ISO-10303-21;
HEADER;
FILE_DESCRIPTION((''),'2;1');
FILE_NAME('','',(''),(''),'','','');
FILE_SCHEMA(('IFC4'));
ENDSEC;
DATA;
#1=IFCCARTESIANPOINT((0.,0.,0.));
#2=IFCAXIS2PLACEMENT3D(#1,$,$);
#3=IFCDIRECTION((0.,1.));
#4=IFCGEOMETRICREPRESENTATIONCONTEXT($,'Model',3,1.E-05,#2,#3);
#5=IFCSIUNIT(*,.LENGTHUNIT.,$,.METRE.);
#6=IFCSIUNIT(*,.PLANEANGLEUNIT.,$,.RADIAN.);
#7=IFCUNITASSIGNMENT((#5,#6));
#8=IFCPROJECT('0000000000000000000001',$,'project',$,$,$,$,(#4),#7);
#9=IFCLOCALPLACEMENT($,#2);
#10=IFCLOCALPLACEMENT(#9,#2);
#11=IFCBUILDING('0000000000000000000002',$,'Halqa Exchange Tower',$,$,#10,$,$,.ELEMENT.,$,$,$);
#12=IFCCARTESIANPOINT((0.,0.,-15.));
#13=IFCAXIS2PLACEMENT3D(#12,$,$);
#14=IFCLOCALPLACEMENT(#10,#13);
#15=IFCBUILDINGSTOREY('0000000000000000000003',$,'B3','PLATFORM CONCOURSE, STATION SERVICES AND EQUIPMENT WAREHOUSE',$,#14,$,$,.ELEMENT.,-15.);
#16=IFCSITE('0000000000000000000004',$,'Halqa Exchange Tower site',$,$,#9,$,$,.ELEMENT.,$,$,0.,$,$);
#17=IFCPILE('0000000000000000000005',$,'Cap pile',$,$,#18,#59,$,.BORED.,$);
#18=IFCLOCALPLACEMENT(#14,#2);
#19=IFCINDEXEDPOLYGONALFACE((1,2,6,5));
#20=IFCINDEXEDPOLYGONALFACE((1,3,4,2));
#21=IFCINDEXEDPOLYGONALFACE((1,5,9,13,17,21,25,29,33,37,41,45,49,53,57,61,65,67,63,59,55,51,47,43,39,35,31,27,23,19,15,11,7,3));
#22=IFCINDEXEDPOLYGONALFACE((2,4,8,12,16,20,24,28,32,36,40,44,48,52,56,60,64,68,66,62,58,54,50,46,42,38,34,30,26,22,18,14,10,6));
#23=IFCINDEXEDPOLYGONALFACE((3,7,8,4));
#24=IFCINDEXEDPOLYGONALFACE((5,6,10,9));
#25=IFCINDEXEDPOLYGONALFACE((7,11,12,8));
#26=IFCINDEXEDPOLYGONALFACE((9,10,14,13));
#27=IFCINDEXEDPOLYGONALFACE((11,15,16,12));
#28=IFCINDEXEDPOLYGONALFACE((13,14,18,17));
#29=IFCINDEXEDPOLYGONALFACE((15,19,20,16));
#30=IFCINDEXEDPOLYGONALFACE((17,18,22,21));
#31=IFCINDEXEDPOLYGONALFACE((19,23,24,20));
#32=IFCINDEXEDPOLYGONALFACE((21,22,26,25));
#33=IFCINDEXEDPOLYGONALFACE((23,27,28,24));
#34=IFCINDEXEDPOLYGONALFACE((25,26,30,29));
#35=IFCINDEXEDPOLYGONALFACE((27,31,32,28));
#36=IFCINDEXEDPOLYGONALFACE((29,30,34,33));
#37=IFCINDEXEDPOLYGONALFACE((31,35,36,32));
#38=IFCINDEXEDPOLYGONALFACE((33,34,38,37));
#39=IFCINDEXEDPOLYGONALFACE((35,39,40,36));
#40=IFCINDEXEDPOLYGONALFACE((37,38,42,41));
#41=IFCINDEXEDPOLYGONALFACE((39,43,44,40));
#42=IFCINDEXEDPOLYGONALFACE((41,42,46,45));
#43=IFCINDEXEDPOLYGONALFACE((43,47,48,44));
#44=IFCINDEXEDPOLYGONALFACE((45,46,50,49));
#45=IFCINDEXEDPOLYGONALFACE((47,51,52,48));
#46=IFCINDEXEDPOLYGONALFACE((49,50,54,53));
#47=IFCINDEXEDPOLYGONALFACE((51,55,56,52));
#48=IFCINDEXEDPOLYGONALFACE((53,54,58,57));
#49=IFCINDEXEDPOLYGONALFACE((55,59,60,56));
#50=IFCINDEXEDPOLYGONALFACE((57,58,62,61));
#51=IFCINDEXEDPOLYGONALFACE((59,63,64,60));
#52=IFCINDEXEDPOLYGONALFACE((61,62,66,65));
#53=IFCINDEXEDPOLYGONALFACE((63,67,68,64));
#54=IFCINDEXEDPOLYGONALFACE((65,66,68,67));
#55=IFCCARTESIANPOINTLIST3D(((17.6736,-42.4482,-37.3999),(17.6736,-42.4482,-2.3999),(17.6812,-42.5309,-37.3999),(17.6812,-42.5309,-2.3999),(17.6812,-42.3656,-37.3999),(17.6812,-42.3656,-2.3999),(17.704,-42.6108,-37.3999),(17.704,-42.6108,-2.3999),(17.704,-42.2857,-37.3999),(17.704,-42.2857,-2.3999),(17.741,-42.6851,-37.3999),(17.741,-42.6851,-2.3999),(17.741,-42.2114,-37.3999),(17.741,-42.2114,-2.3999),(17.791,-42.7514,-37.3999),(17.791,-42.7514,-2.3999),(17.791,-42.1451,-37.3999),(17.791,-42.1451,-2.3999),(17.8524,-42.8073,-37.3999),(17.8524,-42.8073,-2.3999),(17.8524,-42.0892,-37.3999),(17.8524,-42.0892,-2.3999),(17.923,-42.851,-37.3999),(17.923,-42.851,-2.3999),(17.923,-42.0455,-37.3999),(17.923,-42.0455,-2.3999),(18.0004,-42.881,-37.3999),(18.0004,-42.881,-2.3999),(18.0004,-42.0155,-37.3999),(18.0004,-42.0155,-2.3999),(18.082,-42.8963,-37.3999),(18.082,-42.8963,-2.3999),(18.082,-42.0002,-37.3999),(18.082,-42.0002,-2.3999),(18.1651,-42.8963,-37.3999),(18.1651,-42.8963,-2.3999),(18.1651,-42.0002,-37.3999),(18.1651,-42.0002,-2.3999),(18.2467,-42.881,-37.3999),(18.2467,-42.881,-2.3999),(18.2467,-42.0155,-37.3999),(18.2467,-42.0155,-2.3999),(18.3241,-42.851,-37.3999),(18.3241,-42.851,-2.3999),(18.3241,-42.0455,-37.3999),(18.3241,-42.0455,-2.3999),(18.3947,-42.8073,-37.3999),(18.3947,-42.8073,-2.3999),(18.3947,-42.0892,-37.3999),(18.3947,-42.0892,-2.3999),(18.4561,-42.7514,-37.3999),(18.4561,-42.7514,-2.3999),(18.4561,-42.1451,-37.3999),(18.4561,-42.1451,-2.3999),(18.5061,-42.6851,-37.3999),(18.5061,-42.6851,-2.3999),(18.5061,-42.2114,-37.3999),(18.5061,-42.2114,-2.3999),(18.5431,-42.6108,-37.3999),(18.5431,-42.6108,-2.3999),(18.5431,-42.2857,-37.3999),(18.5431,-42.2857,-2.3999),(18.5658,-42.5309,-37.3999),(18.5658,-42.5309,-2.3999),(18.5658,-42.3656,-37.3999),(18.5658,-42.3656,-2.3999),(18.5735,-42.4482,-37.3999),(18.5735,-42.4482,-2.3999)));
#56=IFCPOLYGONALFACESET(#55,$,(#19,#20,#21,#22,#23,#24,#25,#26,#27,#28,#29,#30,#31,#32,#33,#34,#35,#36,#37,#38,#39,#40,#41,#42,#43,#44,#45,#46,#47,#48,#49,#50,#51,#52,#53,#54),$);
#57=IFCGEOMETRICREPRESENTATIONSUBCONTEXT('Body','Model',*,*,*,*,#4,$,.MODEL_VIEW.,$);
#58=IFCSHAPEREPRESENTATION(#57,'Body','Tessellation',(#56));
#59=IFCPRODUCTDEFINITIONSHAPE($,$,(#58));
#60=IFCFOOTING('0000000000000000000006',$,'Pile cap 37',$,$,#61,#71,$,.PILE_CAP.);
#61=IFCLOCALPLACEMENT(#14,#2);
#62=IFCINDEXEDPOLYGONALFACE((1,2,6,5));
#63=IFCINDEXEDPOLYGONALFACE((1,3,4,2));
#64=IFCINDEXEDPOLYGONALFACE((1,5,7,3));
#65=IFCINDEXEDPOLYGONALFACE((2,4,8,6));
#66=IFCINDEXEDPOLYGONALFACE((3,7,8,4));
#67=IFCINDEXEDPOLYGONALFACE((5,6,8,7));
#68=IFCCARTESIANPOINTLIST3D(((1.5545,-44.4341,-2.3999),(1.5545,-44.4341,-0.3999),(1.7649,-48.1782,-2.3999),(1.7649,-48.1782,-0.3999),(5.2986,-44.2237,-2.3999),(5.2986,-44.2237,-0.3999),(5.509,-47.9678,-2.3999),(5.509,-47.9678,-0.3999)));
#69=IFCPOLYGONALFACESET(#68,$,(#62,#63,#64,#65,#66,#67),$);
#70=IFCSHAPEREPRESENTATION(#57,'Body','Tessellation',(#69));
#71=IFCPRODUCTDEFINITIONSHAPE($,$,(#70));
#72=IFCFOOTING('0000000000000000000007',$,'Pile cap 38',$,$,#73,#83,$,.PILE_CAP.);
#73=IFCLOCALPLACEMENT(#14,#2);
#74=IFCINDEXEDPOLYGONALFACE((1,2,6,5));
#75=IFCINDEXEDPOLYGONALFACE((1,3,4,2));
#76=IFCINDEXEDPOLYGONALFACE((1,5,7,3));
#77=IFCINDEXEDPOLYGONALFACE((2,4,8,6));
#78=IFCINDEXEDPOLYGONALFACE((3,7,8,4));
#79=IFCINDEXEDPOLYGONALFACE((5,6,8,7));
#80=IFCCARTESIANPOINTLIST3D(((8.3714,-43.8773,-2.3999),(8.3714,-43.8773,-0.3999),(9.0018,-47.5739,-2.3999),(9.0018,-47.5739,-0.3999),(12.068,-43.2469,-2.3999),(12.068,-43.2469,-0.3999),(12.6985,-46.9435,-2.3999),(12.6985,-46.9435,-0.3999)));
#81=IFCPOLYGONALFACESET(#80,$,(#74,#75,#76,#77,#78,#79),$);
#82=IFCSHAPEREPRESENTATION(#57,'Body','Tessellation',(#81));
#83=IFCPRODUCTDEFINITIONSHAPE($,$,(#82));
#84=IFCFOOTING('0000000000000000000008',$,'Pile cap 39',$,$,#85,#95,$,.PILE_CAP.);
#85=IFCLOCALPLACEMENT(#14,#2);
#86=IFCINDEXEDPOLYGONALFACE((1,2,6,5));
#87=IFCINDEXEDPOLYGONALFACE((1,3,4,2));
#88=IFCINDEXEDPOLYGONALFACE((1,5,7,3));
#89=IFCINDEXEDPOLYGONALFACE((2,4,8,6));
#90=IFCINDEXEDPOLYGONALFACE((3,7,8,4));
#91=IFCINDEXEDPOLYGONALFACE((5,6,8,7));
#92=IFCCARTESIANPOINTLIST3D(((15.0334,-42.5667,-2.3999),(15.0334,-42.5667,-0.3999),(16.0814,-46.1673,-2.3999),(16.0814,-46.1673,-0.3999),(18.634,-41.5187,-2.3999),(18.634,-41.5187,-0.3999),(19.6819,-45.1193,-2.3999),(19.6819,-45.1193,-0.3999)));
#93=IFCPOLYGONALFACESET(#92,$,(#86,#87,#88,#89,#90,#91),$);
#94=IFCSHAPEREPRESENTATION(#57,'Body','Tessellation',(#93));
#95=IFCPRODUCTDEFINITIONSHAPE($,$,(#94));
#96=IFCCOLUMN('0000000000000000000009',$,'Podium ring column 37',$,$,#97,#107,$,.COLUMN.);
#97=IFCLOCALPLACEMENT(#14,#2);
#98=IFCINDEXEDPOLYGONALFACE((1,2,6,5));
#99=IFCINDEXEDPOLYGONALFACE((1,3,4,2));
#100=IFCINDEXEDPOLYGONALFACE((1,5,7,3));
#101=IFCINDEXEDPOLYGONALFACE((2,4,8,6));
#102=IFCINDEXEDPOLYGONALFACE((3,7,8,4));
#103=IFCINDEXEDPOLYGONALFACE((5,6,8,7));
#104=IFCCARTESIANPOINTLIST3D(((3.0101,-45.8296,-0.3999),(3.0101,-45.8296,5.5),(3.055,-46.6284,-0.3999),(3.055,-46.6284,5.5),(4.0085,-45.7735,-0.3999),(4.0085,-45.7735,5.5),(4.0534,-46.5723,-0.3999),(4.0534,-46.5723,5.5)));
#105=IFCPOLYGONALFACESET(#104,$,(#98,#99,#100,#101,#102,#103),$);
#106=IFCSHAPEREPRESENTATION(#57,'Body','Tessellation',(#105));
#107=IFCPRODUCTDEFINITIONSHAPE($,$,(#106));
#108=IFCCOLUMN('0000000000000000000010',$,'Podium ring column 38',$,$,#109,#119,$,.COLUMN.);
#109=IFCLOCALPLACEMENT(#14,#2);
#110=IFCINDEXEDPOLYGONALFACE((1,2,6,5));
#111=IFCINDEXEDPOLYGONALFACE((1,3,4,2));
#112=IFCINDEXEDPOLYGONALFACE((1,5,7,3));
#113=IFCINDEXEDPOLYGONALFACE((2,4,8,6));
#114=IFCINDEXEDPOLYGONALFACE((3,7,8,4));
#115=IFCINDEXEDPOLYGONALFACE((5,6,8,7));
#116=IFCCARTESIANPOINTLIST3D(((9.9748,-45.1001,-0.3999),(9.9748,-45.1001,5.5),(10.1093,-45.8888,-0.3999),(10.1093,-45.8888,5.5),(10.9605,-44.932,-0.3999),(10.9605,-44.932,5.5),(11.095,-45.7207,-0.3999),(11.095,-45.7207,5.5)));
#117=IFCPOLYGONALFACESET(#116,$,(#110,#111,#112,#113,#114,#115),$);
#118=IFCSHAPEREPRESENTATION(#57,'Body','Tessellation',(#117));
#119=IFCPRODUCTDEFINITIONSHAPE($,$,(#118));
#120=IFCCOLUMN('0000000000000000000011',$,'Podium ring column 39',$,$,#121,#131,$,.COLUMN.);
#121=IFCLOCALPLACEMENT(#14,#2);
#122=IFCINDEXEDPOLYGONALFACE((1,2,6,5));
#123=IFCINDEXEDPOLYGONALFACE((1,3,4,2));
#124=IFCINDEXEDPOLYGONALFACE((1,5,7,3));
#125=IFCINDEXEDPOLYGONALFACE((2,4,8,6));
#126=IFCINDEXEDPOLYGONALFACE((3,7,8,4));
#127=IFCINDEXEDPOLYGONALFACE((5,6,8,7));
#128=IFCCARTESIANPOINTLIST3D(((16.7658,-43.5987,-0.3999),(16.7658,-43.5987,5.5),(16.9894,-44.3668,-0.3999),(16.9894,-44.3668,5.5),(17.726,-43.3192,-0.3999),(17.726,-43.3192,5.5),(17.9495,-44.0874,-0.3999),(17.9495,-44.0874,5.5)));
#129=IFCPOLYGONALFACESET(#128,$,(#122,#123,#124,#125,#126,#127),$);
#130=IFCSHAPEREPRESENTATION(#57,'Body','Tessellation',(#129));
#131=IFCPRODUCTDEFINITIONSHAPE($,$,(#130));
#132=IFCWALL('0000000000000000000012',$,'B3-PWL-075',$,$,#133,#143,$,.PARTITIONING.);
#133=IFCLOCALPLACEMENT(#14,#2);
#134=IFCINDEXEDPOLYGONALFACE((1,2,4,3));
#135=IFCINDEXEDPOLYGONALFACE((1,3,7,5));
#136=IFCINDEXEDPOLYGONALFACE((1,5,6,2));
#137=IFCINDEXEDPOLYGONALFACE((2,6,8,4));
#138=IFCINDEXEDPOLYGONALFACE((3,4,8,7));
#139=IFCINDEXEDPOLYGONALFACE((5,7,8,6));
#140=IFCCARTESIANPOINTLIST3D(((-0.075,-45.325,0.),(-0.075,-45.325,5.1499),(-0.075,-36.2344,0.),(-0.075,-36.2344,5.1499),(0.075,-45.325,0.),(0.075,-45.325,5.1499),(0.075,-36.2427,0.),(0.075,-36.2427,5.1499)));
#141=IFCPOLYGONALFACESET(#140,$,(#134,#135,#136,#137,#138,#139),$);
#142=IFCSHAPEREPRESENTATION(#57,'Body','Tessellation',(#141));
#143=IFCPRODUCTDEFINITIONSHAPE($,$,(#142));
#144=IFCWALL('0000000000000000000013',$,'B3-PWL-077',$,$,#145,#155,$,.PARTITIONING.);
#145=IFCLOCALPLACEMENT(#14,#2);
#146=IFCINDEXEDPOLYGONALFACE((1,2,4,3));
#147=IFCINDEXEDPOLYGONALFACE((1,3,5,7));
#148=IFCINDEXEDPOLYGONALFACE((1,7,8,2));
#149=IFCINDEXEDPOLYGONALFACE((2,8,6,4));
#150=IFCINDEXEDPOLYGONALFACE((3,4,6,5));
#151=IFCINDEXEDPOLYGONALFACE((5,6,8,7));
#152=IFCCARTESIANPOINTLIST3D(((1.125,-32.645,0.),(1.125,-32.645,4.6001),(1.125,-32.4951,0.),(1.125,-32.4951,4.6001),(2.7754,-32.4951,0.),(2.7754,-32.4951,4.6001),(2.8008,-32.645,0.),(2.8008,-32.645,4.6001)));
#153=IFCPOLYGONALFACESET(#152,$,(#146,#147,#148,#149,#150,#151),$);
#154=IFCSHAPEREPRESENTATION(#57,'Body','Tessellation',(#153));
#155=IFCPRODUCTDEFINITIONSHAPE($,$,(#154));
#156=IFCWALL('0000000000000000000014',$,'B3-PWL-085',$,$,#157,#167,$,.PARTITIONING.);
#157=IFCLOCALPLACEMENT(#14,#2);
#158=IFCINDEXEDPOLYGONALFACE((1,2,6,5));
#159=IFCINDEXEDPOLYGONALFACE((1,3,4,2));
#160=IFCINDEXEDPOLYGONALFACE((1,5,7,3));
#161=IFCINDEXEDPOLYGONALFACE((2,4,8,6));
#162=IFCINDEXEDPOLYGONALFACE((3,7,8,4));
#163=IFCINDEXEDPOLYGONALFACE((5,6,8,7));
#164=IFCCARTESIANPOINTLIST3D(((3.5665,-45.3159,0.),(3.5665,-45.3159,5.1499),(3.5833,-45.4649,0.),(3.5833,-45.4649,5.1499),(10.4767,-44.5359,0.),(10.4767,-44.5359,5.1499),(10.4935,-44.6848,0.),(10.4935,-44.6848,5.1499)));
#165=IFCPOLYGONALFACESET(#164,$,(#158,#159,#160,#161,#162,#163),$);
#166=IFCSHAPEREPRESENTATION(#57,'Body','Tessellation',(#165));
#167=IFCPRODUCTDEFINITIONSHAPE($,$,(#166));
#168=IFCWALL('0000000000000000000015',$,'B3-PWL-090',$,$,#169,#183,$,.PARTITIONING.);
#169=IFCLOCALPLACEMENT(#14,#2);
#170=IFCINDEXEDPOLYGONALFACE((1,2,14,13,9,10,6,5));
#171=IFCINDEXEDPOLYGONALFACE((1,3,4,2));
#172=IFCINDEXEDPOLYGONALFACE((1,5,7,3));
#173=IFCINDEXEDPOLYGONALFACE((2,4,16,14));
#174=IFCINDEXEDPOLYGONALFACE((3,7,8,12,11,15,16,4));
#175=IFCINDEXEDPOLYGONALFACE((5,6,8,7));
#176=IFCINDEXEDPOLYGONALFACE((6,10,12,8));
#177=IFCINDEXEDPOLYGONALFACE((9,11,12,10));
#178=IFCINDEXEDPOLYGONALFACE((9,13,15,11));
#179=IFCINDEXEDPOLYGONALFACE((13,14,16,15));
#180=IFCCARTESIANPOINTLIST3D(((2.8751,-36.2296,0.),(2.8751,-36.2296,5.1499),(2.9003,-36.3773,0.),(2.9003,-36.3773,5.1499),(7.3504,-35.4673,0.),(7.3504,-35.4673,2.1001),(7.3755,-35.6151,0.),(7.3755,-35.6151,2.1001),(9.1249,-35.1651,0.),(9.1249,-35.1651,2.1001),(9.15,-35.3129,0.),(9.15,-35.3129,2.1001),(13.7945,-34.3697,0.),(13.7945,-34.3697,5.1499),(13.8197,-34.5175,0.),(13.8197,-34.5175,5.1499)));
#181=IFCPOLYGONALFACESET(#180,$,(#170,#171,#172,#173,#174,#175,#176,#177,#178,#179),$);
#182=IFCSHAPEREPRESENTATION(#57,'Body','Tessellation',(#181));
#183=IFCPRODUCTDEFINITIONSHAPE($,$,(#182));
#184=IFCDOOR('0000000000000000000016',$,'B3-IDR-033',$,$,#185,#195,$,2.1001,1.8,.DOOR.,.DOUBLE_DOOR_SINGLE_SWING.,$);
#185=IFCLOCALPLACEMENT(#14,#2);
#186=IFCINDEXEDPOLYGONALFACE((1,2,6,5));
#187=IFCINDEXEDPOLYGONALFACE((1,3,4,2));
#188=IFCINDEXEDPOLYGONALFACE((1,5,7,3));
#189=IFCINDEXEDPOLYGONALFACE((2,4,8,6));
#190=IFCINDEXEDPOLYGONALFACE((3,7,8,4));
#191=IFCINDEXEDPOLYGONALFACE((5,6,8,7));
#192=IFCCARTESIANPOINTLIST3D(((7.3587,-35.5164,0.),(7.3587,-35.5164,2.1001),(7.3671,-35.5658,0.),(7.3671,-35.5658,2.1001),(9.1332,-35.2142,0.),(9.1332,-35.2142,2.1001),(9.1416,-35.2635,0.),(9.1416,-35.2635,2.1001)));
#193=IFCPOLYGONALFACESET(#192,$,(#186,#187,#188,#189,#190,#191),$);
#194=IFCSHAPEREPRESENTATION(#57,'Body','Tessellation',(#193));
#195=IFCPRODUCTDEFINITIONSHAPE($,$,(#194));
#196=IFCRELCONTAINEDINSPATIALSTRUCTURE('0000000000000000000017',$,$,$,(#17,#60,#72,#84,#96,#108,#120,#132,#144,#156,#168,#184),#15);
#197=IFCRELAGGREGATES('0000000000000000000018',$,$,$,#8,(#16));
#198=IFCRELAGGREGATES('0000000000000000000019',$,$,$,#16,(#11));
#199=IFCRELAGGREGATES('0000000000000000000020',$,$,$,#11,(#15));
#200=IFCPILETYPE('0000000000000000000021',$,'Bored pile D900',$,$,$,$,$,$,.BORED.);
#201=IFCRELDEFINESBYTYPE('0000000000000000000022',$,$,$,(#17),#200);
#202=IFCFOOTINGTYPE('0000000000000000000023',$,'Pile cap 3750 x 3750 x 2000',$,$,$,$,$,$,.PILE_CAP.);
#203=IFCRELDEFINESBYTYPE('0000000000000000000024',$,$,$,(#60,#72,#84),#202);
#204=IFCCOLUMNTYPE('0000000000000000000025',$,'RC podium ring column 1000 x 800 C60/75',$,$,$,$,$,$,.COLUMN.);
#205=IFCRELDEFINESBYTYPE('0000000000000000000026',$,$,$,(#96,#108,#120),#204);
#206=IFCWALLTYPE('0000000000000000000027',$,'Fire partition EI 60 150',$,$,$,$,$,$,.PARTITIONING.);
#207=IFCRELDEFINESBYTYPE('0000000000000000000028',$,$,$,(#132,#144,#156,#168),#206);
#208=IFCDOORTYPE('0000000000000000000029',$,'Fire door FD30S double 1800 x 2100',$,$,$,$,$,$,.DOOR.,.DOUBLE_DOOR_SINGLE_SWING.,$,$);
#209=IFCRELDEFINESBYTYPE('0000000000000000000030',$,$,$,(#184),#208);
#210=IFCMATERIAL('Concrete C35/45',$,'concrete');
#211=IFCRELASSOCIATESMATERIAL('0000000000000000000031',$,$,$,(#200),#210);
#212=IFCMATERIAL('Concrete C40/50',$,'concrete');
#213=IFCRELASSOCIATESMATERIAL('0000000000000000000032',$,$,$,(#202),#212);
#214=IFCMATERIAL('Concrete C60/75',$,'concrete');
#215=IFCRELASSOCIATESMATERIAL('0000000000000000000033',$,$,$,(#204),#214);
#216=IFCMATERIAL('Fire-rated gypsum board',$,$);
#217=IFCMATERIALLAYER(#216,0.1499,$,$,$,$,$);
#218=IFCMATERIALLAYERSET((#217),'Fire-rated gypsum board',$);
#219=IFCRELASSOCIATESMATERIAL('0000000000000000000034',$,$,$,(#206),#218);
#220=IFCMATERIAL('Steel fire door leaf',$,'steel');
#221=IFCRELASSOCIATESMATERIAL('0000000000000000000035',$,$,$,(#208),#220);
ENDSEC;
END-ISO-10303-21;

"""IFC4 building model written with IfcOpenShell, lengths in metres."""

from ifc_helpers import new_model, si_unit, direction, frame, frame_2d, origin, origin_2d, place, context, subcontext, project, spatial, polyline, rectangle, circle, outline, extrude, material, layer, layer_set, material_profile, profile_set, type_object, element, fill, save


model = new_model("IFC4")

# Units and contexts
model_context = context("Model", 3, precision=1e-05, world=origin(), true_north=direction((0.0, 1.0)))
body_context = subcontext(model_context, "Body", "Model", "MODEL_VIEW")
ifc_project = project(units=[si_unit("LENGTHUNIT", "METRE"), si_unit("PLANEANGLEUNIT", "RADIAN")], contexts=[model_context])

# Site, building, storey
site_placement = place(None, origin())
site = spatial("IfcSite", under=ifc_project, at=site_placement, Name="Halqa Exchange Tower site", CompositionType="ELEMENT", RefElevation=0.0)
building_placement = place(site_placement, origin())
building = spatial("IfcBuilding", under=site, at=building_placement, Name="Halqa Exchange Tower", CompositionType="ELEMENT")
storey_placement = place(building_placement, frame((0.0, 0.0, -15.0)))
storey = spatial("IfcBuildingStorey", under=building, at=storey_placement, Name="B3", Description="PLATFORM CONCOURSE, STATION SERVICES AND EQUIPMENT WAREHOUSE", CompositionType="ELEMENT", Elevation=-15.0)

# Pile
ifc_material_1 = material(Name="Concrete C35/45", Category="concrete")
ifc_material_profile_1 = material_profile(ifc_material_1, circle(Radius=0.45, at=origin_2d()), Name="D900")
ifc_profile_set_1 = profile_set([ifc_material_profile_1], Name="Concrete C35/45")
pile_type_1 = type_object("IfcPileType", Name="Bored pile D900", PredefinedType="BORED", material=ifc_profile_set_1)
for number, where, z_axis, x_axis, name in (
    (1, (18.1235, -42.4482, -2.3999), (0.0, 0.0, -1.0), (1.0, 0.0, 0.0), "Cap pile"),
):
    element("IfcPile", number, at=place(storey_placement, frame(where, z_axis=z_axis, x_axis=x_axis)), inside=storey, type_object=pile_type_1, Name=name, PredefinedType="BORED", context=body_context, shape_type="SweptSolid", body=[
        extrude(circle(Radius=0.45, at=origin_2d()), origin(), (0.0, 0.0, 1.0), 35.0),
    ])

# Footings
ifc_material_2 = material(Name="Concrete C40/50", Category="concrete")
footing_type = type_object("IfcFootingType", Name="Pile cap 3750 x 3750 x 2000", PredefinedType="PILE_CAP", material=ifc_material_2)
for number, where, z_axis, x_axis, name in (
    (2, (3.5317, -46.2009, -2.3999), (0.0, 0.0, 1.0), (0.998425, 0.056107, 0.0), "Pile cap 37"),
    (3, (10.5349, -45.4104, -2.3999), (0.0, 0.0, 1.0), (0.985766, 0.168121, 0.0), "Pile cap 38"),
    (4, (17.3577, -43.843, -2.3999), (0.0, 0.0, 1.0), (0.960158, 0.279459, 0.0), "Pile cap 39"),
):
    element("IfcFooting", number, at=place(storey_placement, frame(where, z_axis=z_axis, x_axis=x_axis)), inside=storey, type_object=footing_type, Name=name, PredefinedType="PILE_CAP", context=body_context, shape_type="SweptSolid", body=[
        extrude(rectangle(XDim=3.75, YDim=3.75, at=origin_2d()), origin(), (0.0, 0.0, 1.0), 2.0),
    ])

# Columns
ifc_material_3 = material(Name="Concrete C60/75", Category="concrete")
ifc_material_profile_2 = material_profile(ifc_material_3, rectangle(XDim=1.0, YDim=0.8, at=origin_2d()), Name="1000 x 800")
ifc_profile_set_2 = profile_set([ifc_material_profile_2], Name="Concrete C60/75")
column_type = type_object("IfcColumnType", Name="RC podium ring column 1000 x 800 C60/75", PredefinedType="COLUMN", material=ifc_profile_set_2)
for number, where, z_axis, x_axis, name in (
    (5, (3.5317, -46.2009, -0.3999), (0.0, 0.0, 1.0), (0.998425, 0.056107, 0.0), "Podium ring column 37"),
    (6, (10.5349, -45.4104, -0.3999), (0.0, 0.0, 1.0), (0.985766, 0.168121, 0.0), "Podium ring column 38"),
    (7, (17.3577, -43.843, -0.3999), (0.0, 0.0, 1.0), (0.960158, 0.279459, 0.0), "Podium ring column 39"),
):
    element("IfcColumn", number, at=place(storey_placement, frame(where, z_axis=z_axis, x_axis=x_axis)), inside=storey, type_object=column_type, Name=name, PredefinedType="COLUMN", context=body_context, shape_type="SweptSolid", body=[
        extrude(rectangle(XDim=1.0, YDim=0.8, at=origin_2d()), origin(), (0.0, 0.0, 1.0), 5.8999),
    ])

# Walls
ifc_material_4 = material(Name="Fire-rated gypsum board")
ifc_layer_1 = layer(ifc_material_4, 0.1499)
ifc_layer_set_1 = layer_set([ifc_layer_1], Name="Fire-rated gypsum board")
wall_type_1 = type_object("IfcWallType", Name="Fire partition EI 60 150", PredefinedType="PARTITIONING", material=ifc_layer_set_1)
wall_1_placement = place(storey_placement, frame((0.0, -36.2385, 0.0), z_axis=(0.0, 0.0, 1.0), x_axis=(0.0, -1.0, 0.0)))
element("IfcWall", 8, at=wall_1_placement, inside=storey, type_object=wall_type_1, Name="B3-PWL-075", PredefinedType="PARTITIONING", context=body_context, shape_type="SweptSolid", body=[
    extrude(outline(polyline([(-0.0042, -0.075), (9.0864, -0.075), (9.0864, 0.075), (0.0042, 0.075), (-0.0042, -0.075)])), origin(), (0.0, 0.0, 1.0), 5.1499),
])
wall_2_placement = place(storey_placement, frame((1.125, -32.5701, 0.0), z_axis=(0.0, 0.0, 1.0), x_axis=(1.0, 0.0, 0.0)))
element("IfcWall", 9, at=wall_2_placement, inside=storey, type_object=wall_type_1, Name="B3-PWL-077", PredefinedType="PARTITIONING", context=body_context, shape_type="SweptSolid", body=[
    extrude(outline(polyline([(0.0, -0.075), (1.6758, -0.075), (1.6504, 0.075), (0.0, 0.075), (0.0, -0.075)])), origin(), (0.0, 0.0, 1.0), 4.6001),
])
wall_3_placement = place(storey_placement, frame((10.4851, -44.6104, 0.0), z_axis=(0.0, 0.0, 1.0), x_axis=(-0.993689, -0.112169, 0.0)))
element("IfcWall", 10, at=wall_3_placement, inside=storey, type_object=wall_type_1, Name="B3-PWL-085", PredefinedType="PARTITIONING", context=body_context, shape_type="SweptSolid", body=[
    extrude(rectangle(XDim=6.9541, YDim=0.1499, at=frame_2d((3.4771, 0.0))), origin(), (0.0, 0.0, 1.0), 5.1499),
])

# Wall, opening, door
wall_4_placement = place(storey_placement, frame((13.8071, -34.4436, 0.0), z_axis=(0.0, 0.0, 1.0), x_axis=(-0.985803, -0.167908, 0.0)))
wall_4 = element("IfcWall", 11, at=wall_4_placement, inside=storey, type_object=wall_type_1, Name="B3-PWL-090", PredefinedType="PARTITIONING", context=body_context, shape_type="SweptSolid", body=[
    extrude(rectangle(XDim=11.0767, YDim=0.1499, at=frame_2d((5.5383, 0.0))), origin(), (0.0, 0.0, 1.0), 5.1499),
])
opening_1_placement = place(wall_4_placement, frame((4.7371, 0.0, 0.0)))
opening_1 = element("IfcOpeningElement", 12, at=opening_1_placement, cuts=wall_4, PredefinedType="OPENING", context=body_context, shape_type="SweptSolid", body=[
    extrude(rectangle(XDim=1.8, YDim=2.1001, at=frame_2d((0.8999, 1.05))), frame((0.0, 0.0869, 0.0), z_axis=(0.0, -1.0, 0.0), x_axis=(1.0, 0.0, 0.0)), (0.0, 0.0, 1.0), 0.1738),
])
ifc_material_5 = material(Name="Steel fire door leaf", Category="steel")
door_type = type_object("IfcDoorType", Name="Fire door FD30S double 1800 x 2100", OperationType="DOUBLE_DOOR_SINGLE_SWING", PredefinedType="DOOR", material=ifc_material_5)
door_1_placement = place(opening_1_placement, origin())
door_1 = element("IfcDoor", 13, at=door_1_placement, inside=storey, type_object=door_type, Name="B3-IDR-033", OperationType="DOUBLE_DOOR_SINGLE_SWING", OverallHeight=2.1001, OverallWidth=1.8, PredefinedType="DOOR", context=body_context, shape_type="SweptSolid", body=[
    extrude(rectangle(XDim=1.8, YDim=2.1001, at=frame_2d((0.8999, 1.05))), frame((0.0, 0.0249, 0.0), z_axis=(0.0, -1.0, 0.0), x_axis=(1.0, 0.0, 0.0)), (0.0, 0.0, 1.0), 0.05),
])
fill(opening_1, door_1)

save(model, "model.ifc")
